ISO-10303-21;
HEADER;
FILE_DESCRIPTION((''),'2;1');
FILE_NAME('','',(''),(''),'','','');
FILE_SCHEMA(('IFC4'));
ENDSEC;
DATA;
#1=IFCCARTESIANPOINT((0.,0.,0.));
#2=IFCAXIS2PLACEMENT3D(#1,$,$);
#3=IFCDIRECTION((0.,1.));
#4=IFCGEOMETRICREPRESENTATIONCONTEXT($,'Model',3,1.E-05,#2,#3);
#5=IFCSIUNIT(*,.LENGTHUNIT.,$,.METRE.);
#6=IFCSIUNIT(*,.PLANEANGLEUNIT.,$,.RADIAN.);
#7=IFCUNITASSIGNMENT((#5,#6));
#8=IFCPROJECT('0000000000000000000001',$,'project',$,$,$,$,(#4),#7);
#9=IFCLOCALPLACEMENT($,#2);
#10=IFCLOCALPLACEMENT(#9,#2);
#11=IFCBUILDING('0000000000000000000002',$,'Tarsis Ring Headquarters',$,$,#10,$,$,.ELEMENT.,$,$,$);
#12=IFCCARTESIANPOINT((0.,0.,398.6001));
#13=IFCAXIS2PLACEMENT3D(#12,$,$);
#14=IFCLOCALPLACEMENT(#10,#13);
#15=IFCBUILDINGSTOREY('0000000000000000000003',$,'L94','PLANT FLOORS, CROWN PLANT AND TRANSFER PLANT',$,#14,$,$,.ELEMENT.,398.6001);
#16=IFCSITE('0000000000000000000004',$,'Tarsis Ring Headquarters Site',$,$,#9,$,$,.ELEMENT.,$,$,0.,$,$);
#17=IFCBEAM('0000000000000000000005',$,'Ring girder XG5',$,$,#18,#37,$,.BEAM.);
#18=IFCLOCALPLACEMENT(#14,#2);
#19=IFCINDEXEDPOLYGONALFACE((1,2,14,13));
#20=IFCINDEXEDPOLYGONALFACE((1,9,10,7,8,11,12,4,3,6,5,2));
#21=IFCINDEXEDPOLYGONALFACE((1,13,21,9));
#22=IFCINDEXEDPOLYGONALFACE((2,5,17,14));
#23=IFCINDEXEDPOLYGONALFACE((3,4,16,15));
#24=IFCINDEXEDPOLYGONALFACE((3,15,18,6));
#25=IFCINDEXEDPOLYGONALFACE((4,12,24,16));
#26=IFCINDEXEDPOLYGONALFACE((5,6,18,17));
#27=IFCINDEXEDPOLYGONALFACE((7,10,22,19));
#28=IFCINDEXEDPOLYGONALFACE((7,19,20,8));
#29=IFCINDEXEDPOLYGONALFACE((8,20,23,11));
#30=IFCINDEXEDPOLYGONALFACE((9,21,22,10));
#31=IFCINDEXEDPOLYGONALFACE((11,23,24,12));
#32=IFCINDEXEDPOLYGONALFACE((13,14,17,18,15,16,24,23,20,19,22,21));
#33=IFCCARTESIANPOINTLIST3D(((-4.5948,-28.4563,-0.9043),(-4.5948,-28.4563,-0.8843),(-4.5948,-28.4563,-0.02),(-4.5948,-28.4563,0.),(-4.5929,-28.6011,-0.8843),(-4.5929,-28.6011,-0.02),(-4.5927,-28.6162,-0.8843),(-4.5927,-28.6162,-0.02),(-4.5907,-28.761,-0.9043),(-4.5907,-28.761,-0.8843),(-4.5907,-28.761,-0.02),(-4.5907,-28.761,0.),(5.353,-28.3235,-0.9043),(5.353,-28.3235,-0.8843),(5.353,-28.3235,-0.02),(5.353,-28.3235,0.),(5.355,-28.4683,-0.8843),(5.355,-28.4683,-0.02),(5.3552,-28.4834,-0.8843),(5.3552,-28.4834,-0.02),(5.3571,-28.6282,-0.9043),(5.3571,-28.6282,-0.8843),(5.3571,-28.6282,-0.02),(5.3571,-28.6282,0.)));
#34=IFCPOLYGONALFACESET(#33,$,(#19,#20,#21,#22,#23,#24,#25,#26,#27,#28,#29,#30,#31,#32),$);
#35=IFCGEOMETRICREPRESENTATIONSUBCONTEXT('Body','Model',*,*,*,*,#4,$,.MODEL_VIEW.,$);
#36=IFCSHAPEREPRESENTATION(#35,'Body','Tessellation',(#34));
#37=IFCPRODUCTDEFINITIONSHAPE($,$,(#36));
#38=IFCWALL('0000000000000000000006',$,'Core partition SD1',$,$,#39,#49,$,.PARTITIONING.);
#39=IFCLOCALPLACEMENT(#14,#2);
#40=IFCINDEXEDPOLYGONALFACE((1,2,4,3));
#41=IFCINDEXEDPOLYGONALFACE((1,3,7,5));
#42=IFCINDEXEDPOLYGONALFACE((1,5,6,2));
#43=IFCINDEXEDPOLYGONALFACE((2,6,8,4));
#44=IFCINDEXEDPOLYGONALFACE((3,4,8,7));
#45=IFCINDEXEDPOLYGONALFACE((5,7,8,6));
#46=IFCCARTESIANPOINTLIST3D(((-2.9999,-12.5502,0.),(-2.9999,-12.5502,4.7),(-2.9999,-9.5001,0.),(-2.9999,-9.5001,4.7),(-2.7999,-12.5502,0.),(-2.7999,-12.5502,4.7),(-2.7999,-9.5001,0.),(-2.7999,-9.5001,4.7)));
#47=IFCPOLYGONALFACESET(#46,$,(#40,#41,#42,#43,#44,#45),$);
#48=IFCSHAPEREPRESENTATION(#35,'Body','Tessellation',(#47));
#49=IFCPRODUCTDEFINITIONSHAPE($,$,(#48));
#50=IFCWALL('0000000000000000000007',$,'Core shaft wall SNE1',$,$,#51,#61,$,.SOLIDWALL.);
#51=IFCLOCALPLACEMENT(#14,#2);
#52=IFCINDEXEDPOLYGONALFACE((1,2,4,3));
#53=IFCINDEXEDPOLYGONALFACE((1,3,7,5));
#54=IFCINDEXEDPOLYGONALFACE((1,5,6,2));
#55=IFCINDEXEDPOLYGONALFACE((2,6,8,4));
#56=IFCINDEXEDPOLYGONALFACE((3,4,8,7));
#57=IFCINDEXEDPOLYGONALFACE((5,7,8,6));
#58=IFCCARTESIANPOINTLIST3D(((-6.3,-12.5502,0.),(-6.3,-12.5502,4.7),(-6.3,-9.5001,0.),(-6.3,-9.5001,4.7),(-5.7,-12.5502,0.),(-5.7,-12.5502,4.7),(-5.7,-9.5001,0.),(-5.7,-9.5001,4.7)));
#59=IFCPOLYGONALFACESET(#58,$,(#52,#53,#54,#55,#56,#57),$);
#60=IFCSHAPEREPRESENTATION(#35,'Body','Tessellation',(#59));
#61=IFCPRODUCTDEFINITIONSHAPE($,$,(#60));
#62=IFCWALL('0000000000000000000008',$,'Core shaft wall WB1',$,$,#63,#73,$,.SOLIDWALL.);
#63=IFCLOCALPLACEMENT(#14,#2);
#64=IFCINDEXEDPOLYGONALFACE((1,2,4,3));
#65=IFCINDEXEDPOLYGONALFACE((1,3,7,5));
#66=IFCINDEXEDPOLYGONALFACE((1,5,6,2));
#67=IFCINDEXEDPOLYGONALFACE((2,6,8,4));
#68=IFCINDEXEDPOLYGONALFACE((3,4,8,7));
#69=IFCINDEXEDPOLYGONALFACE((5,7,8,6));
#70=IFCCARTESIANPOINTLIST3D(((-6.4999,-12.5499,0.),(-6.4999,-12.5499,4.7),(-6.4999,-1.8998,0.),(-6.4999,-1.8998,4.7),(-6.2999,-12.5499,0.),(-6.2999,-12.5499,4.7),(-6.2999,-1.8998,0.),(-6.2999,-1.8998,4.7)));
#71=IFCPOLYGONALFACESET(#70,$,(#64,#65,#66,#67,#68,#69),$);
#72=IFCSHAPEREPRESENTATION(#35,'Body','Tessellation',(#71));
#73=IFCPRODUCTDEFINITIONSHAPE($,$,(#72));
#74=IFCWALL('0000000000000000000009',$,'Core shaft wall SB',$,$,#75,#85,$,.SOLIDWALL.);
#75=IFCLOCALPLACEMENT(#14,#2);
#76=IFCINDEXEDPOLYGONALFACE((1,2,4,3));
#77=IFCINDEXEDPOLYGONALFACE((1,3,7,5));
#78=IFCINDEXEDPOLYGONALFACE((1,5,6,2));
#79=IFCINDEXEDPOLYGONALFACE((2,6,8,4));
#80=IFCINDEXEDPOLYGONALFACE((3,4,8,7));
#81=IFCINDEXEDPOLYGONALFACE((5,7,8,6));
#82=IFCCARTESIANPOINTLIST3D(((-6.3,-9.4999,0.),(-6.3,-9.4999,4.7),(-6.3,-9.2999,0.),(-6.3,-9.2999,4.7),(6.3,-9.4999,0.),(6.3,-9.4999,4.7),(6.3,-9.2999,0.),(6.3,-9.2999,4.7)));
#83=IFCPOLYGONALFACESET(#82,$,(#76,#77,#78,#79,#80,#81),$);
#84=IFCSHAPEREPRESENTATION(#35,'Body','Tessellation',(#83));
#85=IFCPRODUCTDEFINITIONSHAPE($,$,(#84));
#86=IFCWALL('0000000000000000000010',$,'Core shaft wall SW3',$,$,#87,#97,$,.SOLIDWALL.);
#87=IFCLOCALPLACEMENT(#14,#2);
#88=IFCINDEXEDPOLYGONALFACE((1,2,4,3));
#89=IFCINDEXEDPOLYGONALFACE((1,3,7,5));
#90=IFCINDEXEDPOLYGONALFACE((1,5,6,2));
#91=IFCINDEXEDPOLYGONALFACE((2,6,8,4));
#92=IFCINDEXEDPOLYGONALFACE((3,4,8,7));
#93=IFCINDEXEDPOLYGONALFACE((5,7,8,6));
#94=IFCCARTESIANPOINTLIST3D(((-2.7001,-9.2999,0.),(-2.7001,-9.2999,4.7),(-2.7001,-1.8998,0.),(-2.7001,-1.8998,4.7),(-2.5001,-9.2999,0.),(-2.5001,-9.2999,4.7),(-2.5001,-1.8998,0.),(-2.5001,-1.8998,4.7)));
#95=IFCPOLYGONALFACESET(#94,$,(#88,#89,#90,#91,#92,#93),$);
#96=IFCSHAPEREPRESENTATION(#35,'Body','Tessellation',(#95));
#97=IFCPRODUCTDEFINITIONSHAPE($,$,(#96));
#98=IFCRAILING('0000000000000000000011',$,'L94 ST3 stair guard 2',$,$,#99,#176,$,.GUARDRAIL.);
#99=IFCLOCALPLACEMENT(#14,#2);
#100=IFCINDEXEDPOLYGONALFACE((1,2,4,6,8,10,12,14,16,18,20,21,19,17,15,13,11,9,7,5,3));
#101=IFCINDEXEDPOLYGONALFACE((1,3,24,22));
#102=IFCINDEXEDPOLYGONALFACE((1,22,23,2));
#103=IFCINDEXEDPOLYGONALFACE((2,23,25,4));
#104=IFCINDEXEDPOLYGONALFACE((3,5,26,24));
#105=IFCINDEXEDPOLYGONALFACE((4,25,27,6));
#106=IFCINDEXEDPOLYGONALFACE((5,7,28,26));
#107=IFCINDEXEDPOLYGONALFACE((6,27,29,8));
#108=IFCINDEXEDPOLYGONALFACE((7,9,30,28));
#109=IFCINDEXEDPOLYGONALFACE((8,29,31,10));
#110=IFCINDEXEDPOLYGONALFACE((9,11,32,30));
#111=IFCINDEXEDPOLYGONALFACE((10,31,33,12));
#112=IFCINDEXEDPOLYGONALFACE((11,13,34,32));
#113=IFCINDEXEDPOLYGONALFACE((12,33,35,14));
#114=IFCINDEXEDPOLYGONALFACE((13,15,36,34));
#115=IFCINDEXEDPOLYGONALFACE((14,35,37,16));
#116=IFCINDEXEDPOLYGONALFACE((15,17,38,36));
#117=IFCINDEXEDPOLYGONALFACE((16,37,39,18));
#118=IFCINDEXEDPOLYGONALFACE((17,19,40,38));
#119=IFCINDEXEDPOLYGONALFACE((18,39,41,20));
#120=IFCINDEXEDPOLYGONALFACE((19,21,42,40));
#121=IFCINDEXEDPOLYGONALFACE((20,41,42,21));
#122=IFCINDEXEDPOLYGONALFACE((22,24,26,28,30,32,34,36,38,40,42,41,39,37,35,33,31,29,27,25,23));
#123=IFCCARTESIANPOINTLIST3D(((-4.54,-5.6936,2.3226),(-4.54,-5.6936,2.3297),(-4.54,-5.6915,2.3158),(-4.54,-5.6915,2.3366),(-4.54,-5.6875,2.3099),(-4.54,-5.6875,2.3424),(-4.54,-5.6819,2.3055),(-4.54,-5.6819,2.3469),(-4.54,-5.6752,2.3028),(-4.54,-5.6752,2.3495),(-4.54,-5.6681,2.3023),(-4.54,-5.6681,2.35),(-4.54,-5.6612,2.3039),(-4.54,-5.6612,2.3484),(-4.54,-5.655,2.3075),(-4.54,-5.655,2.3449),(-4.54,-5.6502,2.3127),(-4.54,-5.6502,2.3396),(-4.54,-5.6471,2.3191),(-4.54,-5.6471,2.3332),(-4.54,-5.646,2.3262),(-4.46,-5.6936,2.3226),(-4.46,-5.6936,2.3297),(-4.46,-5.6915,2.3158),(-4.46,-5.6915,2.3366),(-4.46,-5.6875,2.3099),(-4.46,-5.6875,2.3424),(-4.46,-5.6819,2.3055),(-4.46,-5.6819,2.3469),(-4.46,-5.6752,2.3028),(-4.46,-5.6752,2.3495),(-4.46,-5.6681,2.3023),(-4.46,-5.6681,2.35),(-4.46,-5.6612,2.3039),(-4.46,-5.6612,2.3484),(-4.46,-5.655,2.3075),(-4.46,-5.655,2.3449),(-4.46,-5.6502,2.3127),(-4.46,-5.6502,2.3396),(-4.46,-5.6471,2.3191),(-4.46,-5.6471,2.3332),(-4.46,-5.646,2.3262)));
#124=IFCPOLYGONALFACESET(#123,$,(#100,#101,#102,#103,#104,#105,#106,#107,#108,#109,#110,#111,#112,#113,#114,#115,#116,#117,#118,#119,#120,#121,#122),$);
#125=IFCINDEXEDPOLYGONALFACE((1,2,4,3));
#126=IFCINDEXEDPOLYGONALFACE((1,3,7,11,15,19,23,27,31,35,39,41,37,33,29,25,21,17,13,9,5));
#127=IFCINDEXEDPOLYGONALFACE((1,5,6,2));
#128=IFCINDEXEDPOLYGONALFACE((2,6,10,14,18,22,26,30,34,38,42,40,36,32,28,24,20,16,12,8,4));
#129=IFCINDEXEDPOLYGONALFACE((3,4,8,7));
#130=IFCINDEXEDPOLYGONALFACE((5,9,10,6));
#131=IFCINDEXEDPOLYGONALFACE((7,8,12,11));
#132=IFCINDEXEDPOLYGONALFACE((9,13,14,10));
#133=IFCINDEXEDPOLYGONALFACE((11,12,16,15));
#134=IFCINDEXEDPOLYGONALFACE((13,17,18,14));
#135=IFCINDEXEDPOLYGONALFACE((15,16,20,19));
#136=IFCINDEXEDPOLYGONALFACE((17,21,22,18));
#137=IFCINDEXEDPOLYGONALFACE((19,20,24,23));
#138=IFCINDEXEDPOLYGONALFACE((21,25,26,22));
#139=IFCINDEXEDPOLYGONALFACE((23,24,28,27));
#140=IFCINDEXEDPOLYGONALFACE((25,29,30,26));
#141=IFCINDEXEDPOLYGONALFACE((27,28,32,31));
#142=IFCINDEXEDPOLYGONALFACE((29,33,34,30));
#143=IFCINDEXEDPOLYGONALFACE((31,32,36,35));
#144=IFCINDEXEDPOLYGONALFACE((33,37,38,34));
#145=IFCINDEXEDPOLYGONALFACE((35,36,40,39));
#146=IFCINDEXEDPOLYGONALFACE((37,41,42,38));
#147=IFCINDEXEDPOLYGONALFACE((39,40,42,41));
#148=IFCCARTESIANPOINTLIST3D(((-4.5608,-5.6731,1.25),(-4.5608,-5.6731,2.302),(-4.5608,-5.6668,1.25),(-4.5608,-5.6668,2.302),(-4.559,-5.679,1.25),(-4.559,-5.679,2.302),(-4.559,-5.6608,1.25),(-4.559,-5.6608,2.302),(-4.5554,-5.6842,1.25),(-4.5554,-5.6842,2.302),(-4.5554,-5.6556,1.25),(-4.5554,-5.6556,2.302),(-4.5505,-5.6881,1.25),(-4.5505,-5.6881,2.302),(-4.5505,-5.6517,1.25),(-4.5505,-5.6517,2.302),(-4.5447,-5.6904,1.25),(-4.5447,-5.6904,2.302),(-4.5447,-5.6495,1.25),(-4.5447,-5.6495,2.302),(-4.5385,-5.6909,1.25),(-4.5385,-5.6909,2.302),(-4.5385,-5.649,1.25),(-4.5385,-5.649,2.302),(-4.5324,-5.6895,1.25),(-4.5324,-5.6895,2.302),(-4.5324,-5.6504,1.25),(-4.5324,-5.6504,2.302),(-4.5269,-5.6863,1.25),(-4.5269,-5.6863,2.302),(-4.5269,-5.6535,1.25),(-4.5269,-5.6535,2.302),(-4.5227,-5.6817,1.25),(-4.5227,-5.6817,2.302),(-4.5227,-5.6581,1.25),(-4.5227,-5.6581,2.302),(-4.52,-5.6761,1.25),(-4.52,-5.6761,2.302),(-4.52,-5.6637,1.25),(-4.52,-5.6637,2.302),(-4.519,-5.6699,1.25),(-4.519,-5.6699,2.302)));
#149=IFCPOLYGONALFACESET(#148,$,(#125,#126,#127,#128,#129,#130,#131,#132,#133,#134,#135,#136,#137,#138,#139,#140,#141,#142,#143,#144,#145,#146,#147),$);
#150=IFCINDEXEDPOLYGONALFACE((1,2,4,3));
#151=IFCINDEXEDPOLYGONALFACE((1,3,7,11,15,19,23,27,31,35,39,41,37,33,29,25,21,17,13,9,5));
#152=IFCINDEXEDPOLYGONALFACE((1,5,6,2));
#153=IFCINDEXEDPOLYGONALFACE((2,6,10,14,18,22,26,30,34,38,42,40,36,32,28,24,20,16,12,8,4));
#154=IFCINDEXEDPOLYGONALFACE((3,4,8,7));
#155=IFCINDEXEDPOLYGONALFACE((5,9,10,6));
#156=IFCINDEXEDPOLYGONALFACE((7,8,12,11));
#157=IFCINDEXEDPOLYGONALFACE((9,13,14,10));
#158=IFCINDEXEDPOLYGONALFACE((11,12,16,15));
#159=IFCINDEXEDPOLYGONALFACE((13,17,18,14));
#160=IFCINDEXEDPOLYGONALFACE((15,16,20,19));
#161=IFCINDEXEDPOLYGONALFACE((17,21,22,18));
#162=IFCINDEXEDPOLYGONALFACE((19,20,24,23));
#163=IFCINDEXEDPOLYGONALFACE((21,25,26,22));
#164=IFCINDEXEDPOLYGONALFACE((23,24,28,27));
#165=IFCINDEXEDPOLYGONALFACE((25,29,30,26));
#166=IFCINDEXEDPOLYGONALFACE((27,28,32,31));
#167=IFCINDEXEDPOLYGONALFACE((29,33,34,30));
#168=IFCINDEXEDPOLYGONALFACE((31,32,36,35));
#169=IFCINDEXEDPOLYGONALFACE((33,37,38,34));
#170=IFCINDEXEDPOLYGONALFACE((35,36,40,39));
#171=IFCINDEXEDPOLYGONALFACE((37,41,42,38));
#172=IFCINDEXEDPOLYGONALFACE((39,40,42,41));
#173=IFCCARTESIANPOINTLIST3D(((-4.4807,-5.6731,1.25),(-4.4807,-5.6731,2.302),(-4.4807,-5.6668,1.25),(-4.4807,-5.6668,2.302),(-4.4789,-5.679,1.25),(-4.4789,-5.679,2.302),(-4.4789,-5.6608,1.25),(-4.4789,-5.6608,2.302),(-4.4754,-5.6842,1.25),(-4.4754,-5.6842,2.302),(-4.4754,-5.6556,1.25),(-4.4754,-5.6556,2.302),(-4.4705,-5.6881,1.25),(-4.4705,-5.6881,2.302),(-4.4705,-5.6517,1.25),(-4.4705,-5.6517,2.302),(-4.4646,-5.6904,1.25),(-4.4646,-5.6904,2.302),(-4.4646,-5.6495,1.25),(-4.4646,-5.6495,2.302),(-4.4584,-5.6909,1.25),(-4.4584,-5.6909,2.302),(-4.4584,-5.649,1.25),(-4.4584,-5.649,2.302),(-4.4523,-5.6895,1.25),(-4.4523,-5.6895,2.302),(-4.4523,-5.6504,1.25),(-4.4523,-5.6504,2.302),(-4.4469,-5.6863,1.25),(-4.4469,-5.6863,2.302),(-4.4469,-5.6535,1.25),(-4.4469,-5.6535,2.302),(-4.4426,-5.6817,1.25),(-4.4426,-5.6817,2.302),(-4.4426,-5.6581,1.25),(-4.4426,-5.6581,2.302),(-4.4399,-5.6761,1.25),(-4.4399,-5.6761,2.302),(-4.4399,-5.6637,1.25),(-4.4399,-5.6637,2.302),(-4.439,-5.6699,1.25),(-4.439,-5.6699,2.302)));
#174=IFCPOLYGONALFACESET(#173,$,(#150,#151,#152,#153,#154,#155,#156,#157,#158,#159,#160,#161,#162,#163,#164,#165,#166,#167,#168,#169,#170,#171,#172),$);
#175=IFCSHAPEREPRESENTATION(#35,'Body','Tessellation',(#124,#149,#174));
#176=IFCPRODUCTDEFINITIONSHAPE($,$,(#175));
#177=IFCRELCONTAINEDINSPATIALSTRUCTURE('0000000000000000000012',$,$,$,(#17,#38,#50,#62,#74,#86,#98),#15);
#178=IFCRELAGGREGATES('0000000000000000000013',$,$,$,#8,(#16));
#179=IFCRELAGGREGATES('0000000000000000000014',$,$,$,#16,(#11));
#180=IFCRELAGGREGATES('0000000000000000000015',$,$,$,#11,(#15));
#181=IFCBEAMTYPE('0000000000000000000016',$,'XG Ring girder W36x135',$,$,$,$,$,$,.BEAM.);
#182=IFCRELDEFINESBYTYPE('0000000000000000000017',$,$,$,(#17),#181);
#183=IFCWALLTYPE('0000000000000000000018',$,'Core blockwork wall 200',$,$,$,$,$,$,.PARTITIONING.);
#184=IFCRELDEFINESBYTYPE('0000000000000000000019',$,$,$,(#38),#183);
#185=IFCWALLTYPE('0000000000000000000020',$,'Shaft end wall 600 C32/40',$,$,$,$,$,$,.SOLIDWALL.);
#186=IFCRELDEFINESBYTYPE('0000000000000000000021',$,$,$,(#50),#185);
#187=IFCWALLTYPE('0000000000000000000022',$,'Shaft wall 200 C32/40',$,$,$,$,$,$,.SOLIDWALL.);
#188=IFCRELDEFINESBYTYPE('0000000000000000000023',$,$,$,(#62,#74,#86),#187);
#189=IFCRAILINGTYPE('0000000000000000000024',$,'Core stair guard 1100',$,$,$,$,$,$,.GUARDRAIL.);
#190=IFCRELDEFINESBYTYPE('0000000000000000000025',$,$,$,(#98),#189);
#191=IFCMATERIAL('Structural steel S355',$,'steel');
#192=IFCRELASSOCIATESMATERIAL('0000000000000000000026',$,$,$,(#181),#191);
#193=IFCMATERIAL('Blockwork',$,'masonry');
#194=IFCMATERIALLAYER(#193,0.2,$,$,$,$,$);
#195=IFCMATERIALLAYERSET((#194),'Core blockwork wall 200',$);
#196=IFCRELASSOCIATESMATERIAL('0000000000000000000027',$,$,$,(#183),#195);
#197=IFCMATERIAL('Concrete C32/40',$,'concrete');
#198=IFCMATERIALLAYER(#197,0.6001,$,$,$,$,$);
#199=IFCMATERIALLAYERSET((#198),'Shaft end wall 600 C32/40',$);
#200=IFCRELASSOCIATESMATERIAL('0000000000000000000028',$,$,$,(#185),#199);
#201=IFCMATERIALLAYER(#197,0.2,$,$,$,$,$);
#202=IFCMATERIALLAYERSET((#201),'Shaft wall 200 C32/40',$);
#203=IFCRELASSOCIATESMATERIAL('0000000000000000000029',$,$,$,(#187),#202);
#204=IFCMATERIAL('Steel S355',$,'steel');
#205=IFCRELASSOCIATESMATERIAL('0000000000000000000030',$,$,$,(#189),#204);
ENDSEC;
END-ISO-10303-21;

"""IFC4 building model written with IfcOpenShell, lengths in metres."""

from ifc_helpers import new_model, si_unit, direction, frame, frame_2d, origin, origin_2d, place, context, subcontext, project, spatial, rectangle, circle, i_section, extrude, material, layer, layer_set, material_profile, profile_set, type_object, element, save


model = new_model("IFC4")

# Units and contexts
model_context = context("Model", 3, precision=1e-05, world=origin(), true_north=direction((0.0, 1.0)))
body_context = subcontext(model_context, "Body", "Model", "MODEL_VIEW")
ifc_project = project(units=[si_unit("LENGTHUNIT", "METRE"), si_unit("PLANEANGLEUNIT", "RADIAN")], contexts=[model_context])

# Site, building, storey
site_placement = place(None, origin())
site = spatial("IfcSite", under=ifc_project, at=site_placement, Name="Tarsis Ring Headquarters Site", CompositionType="ELEMENT", RefElevation=0.0)
building_placement = place(site_placement, origin())
building = spatial("IfcBuilding", under=site, at=building_placement, Name="Tarsis Ring Headquarters", CompositionType="ELEMENT")
storey_placement = place(building_placement, frame((0.0, 0.0, 398.6001)))
storey = spatial("IfcBuildingStorey", under=building, at=storey_placement, Name="L94", Description="PLANT FLOORS, CROWN PLANT AND TRANSFER PLANT", CompositionType="ELEMENT", Elevation=398.6001)

# Shared definitions
ifc_material_1 = material(Name="Structural steel S355", Category="steel")

# Beam
ifc_material_profile_1 = material_profile(ifc_material_1, i_section(OverallWidth=0.3047, OverallDepth=0.9043, WebThickness=0.0151, FlangeThickness=0.02, at=origin_2d()), Name="W36x135")
ifc_profile_set_1 = profile_set([ifc_material_profile_1], Name="Structural steel S355")
beam_type_1 = type_object("IfcBeamType", Name="XG Ring girder W36x135", PredefinedType="BEAM", material=ifc_profile_set_1)
beam_1_placement = place(storey_placement, frame((-4.5928, -28.6086, -0.4521), z_axis=(0.999911, 0.01335, 0.0), x_axis=(-0.01335, 0.999911, 0.0)))
element("IfcBeam", 1, at=beam_1_placement, inside=storey, type_object=beam_type_1, Name="Ring girder XG5", PredefinedType="BEAM", context=body_context, shape_type="SweptSolid", body=[
    extrude(i_section(OverallWidth=0.3047, OverallDepth=0.9043, WebThickness=0.0151, FlangeThickness=0.02, at=origin_2d()), origin(), (0.0, 0.0, 1.0), 9.9487),
])

# Walls
ifc_material_2 = material(Name="Blockwork", Category="masonry")
ifc_layer_1 = layer(ifc_material_2, 0.2)
ifc_layer_set_1 = layer_set([ifc_layer_1], Name="Core blockwork wall 200")
wall_type_1 = type_object("IfcWallType", Name="Core blockwork wall 200", PredefinedType="PARTITIONING", material=ifc_layer_set_1)
wall_1_placement = place(storey_placement, frame((-2.8999, -12.55, 0.0), z_axis=(0.0, 0.0, 1.0), x_axis=(0.0, 1.0, 0.0)))
element("IfcWall", 2, at=wall_1_placement, inside=storey, type_object=wall_type_1, Name="Core partition SD1", PredefinedType="PARTITIONING", context=body_context, shape_type="SweptSolid", body=[
    extrude(rectangle(XDim=3.05, YDim=0.2, at=frame_2d((1.5249, 0.0))), origin(), (0.0, 0.0, 1.0), 4.7),
])
ifc_material_3 = material(Name="Concrete C32/40", Category="concrete")
ifc_layer_2 = layer(ifc_material_3, 0.6001)
ifc_layer_set_2 = layer_set([ifc_layer_2], Name="Shaft end wall 600 C32/40")
wall_type_2 = type_object("IfcWallType", Name="Shaft end wall 600 C32/40", PredefinedType="SOLIDWALL", material=ifc_layer_set_2)
wall_2_placement = place(storey_placement, frame((-6.0, -12.55, 0.0), z_axis=(0.0, 0.0, 1.0), x_axis=(0.0, 1.0, 0.0)))
element("IfcWall", 3, at=wall_2_placement, inside=storey, type_object=wall_type_2, Name="Core shaft wall SNE1", PredefinedType="SOLIDWALL", context=body_context, shape_type="SweptSolid", body=[
    extrude(rectangle(XDim=3.05, YDim=0.6001, at=frame_2d((1.5249, 0.0))), origin(), (0.0, 0.0, 1.0), 4.7),
])
ifc_layer_3 = layer(ifc_material_3, 0.2)
ifc_layer_set_3 = layer_set([ifc_layer_3], Name="Shaft wall 200 C32/40")
wall_type_3 = type_object("IfcWallType", Name="Shaft wall 200 C32/40", PredefinedType="SOLIDWALL", material=ifc_layer_set_3)
wall_3_placement = place(storey_placement, frame((-6.3999, -12.55, 0.0), z_axis=(0.0, 0.0, 1.0), x_axis=(0.0, 1.0, 0.0)))
element("IfcWall", 4, at=wall_3_placement, inside=storey, type_object=wall_type_3, Name="Core shaft wall WB1", PredefinedType="SOLIDWALL", context=body_context, shape_type="SweptSolid", body=[
    extrude(rectangle(XDim=10.6501, YDim=0.2, at=frame_2d((5.3252, 0.0))), origin(), (0.0, 0.0, 1.0), 4.7),
])
wall_4_placement = place(storey_placement, frame((-6.3, -9.3999, 0.0), z_axis=(0.0, 0.0, 1.0), x_axis=(1.0, 0.0, 0.0)))
element("IfcWall", 5, at=wall_4_placement, inside=storey, type_object=wall_type_3, Name="Core shaft wall SB", PredefinedType="SOLIDWALL", context=body_context, shape_type="SweptSolid", body=[
    extrude(rectangle(XDim=12.6001, YDim=0.2, at=frame_2d((6.3, 0.0))), origin(), (0.0, 0.0, 1.0), 4.7),
])
wall_5_placement = place(storey_placement, frame((-2.6001, -9.3, 0.0), z_axis=(0.0, 0.0, 1.0), x_axis=(0.0, 1.0, 0.0)))
element("IfcWall", 6, at=wall_5_placement, inside=storey, type_object=wall_type_3, Name="Core shaft wall SW3", PredefinedType="SOLIDWALL", context=body_context, shape_type="SweptSolid", body=[
    extrude(rectangle(XDim=7.4001, YDim=0.2, at=frame_2d((3.7002, 0.0))), origin(), (0.0, 0.0, 1.0), 4.7),
])

# Railing
ifc_material_4 = material(Name="Steel S355", Category="steel")
railing_type_1 = type_object("IfcRailingType", Name="Core stair guard 1100", PredefinedType="GUARDRAIL", material=ifc_material_4)
railing_1_placement = place(storey_placement, frame((-4.54, -5.6699, 1.25)))
element("IfcRailing", 7, at=railing_1_placement, inside=storey, type_object=railing_type_1, Name="L94 ST3 stair guard 2", PredefinedType="GUARDRAIL", context=body_context, shape_type="SweptSolid", body=[
    extrude(circle(Radius=0.0239, at=origin_2d()), frame((0.0, 0.0, 1.0762), z_axis=(1.0, 0.0, 0.0), x_axis=(0.0, 1.0, 0.0)), (0.0, 0.0, 1.0), 0.0801),
    extrude(circle(Radius=0.021, at=origin_2d()), origin(), (0.0, 0.0, 1.0), 1.052),
    extrude(circle(Radius=0.021, at=origin_2d()), frame((0.0801, 0.0, 0.0)), (0.0, 0.0, 1.0), 1.052),
])

save(model, "model.ifc")
